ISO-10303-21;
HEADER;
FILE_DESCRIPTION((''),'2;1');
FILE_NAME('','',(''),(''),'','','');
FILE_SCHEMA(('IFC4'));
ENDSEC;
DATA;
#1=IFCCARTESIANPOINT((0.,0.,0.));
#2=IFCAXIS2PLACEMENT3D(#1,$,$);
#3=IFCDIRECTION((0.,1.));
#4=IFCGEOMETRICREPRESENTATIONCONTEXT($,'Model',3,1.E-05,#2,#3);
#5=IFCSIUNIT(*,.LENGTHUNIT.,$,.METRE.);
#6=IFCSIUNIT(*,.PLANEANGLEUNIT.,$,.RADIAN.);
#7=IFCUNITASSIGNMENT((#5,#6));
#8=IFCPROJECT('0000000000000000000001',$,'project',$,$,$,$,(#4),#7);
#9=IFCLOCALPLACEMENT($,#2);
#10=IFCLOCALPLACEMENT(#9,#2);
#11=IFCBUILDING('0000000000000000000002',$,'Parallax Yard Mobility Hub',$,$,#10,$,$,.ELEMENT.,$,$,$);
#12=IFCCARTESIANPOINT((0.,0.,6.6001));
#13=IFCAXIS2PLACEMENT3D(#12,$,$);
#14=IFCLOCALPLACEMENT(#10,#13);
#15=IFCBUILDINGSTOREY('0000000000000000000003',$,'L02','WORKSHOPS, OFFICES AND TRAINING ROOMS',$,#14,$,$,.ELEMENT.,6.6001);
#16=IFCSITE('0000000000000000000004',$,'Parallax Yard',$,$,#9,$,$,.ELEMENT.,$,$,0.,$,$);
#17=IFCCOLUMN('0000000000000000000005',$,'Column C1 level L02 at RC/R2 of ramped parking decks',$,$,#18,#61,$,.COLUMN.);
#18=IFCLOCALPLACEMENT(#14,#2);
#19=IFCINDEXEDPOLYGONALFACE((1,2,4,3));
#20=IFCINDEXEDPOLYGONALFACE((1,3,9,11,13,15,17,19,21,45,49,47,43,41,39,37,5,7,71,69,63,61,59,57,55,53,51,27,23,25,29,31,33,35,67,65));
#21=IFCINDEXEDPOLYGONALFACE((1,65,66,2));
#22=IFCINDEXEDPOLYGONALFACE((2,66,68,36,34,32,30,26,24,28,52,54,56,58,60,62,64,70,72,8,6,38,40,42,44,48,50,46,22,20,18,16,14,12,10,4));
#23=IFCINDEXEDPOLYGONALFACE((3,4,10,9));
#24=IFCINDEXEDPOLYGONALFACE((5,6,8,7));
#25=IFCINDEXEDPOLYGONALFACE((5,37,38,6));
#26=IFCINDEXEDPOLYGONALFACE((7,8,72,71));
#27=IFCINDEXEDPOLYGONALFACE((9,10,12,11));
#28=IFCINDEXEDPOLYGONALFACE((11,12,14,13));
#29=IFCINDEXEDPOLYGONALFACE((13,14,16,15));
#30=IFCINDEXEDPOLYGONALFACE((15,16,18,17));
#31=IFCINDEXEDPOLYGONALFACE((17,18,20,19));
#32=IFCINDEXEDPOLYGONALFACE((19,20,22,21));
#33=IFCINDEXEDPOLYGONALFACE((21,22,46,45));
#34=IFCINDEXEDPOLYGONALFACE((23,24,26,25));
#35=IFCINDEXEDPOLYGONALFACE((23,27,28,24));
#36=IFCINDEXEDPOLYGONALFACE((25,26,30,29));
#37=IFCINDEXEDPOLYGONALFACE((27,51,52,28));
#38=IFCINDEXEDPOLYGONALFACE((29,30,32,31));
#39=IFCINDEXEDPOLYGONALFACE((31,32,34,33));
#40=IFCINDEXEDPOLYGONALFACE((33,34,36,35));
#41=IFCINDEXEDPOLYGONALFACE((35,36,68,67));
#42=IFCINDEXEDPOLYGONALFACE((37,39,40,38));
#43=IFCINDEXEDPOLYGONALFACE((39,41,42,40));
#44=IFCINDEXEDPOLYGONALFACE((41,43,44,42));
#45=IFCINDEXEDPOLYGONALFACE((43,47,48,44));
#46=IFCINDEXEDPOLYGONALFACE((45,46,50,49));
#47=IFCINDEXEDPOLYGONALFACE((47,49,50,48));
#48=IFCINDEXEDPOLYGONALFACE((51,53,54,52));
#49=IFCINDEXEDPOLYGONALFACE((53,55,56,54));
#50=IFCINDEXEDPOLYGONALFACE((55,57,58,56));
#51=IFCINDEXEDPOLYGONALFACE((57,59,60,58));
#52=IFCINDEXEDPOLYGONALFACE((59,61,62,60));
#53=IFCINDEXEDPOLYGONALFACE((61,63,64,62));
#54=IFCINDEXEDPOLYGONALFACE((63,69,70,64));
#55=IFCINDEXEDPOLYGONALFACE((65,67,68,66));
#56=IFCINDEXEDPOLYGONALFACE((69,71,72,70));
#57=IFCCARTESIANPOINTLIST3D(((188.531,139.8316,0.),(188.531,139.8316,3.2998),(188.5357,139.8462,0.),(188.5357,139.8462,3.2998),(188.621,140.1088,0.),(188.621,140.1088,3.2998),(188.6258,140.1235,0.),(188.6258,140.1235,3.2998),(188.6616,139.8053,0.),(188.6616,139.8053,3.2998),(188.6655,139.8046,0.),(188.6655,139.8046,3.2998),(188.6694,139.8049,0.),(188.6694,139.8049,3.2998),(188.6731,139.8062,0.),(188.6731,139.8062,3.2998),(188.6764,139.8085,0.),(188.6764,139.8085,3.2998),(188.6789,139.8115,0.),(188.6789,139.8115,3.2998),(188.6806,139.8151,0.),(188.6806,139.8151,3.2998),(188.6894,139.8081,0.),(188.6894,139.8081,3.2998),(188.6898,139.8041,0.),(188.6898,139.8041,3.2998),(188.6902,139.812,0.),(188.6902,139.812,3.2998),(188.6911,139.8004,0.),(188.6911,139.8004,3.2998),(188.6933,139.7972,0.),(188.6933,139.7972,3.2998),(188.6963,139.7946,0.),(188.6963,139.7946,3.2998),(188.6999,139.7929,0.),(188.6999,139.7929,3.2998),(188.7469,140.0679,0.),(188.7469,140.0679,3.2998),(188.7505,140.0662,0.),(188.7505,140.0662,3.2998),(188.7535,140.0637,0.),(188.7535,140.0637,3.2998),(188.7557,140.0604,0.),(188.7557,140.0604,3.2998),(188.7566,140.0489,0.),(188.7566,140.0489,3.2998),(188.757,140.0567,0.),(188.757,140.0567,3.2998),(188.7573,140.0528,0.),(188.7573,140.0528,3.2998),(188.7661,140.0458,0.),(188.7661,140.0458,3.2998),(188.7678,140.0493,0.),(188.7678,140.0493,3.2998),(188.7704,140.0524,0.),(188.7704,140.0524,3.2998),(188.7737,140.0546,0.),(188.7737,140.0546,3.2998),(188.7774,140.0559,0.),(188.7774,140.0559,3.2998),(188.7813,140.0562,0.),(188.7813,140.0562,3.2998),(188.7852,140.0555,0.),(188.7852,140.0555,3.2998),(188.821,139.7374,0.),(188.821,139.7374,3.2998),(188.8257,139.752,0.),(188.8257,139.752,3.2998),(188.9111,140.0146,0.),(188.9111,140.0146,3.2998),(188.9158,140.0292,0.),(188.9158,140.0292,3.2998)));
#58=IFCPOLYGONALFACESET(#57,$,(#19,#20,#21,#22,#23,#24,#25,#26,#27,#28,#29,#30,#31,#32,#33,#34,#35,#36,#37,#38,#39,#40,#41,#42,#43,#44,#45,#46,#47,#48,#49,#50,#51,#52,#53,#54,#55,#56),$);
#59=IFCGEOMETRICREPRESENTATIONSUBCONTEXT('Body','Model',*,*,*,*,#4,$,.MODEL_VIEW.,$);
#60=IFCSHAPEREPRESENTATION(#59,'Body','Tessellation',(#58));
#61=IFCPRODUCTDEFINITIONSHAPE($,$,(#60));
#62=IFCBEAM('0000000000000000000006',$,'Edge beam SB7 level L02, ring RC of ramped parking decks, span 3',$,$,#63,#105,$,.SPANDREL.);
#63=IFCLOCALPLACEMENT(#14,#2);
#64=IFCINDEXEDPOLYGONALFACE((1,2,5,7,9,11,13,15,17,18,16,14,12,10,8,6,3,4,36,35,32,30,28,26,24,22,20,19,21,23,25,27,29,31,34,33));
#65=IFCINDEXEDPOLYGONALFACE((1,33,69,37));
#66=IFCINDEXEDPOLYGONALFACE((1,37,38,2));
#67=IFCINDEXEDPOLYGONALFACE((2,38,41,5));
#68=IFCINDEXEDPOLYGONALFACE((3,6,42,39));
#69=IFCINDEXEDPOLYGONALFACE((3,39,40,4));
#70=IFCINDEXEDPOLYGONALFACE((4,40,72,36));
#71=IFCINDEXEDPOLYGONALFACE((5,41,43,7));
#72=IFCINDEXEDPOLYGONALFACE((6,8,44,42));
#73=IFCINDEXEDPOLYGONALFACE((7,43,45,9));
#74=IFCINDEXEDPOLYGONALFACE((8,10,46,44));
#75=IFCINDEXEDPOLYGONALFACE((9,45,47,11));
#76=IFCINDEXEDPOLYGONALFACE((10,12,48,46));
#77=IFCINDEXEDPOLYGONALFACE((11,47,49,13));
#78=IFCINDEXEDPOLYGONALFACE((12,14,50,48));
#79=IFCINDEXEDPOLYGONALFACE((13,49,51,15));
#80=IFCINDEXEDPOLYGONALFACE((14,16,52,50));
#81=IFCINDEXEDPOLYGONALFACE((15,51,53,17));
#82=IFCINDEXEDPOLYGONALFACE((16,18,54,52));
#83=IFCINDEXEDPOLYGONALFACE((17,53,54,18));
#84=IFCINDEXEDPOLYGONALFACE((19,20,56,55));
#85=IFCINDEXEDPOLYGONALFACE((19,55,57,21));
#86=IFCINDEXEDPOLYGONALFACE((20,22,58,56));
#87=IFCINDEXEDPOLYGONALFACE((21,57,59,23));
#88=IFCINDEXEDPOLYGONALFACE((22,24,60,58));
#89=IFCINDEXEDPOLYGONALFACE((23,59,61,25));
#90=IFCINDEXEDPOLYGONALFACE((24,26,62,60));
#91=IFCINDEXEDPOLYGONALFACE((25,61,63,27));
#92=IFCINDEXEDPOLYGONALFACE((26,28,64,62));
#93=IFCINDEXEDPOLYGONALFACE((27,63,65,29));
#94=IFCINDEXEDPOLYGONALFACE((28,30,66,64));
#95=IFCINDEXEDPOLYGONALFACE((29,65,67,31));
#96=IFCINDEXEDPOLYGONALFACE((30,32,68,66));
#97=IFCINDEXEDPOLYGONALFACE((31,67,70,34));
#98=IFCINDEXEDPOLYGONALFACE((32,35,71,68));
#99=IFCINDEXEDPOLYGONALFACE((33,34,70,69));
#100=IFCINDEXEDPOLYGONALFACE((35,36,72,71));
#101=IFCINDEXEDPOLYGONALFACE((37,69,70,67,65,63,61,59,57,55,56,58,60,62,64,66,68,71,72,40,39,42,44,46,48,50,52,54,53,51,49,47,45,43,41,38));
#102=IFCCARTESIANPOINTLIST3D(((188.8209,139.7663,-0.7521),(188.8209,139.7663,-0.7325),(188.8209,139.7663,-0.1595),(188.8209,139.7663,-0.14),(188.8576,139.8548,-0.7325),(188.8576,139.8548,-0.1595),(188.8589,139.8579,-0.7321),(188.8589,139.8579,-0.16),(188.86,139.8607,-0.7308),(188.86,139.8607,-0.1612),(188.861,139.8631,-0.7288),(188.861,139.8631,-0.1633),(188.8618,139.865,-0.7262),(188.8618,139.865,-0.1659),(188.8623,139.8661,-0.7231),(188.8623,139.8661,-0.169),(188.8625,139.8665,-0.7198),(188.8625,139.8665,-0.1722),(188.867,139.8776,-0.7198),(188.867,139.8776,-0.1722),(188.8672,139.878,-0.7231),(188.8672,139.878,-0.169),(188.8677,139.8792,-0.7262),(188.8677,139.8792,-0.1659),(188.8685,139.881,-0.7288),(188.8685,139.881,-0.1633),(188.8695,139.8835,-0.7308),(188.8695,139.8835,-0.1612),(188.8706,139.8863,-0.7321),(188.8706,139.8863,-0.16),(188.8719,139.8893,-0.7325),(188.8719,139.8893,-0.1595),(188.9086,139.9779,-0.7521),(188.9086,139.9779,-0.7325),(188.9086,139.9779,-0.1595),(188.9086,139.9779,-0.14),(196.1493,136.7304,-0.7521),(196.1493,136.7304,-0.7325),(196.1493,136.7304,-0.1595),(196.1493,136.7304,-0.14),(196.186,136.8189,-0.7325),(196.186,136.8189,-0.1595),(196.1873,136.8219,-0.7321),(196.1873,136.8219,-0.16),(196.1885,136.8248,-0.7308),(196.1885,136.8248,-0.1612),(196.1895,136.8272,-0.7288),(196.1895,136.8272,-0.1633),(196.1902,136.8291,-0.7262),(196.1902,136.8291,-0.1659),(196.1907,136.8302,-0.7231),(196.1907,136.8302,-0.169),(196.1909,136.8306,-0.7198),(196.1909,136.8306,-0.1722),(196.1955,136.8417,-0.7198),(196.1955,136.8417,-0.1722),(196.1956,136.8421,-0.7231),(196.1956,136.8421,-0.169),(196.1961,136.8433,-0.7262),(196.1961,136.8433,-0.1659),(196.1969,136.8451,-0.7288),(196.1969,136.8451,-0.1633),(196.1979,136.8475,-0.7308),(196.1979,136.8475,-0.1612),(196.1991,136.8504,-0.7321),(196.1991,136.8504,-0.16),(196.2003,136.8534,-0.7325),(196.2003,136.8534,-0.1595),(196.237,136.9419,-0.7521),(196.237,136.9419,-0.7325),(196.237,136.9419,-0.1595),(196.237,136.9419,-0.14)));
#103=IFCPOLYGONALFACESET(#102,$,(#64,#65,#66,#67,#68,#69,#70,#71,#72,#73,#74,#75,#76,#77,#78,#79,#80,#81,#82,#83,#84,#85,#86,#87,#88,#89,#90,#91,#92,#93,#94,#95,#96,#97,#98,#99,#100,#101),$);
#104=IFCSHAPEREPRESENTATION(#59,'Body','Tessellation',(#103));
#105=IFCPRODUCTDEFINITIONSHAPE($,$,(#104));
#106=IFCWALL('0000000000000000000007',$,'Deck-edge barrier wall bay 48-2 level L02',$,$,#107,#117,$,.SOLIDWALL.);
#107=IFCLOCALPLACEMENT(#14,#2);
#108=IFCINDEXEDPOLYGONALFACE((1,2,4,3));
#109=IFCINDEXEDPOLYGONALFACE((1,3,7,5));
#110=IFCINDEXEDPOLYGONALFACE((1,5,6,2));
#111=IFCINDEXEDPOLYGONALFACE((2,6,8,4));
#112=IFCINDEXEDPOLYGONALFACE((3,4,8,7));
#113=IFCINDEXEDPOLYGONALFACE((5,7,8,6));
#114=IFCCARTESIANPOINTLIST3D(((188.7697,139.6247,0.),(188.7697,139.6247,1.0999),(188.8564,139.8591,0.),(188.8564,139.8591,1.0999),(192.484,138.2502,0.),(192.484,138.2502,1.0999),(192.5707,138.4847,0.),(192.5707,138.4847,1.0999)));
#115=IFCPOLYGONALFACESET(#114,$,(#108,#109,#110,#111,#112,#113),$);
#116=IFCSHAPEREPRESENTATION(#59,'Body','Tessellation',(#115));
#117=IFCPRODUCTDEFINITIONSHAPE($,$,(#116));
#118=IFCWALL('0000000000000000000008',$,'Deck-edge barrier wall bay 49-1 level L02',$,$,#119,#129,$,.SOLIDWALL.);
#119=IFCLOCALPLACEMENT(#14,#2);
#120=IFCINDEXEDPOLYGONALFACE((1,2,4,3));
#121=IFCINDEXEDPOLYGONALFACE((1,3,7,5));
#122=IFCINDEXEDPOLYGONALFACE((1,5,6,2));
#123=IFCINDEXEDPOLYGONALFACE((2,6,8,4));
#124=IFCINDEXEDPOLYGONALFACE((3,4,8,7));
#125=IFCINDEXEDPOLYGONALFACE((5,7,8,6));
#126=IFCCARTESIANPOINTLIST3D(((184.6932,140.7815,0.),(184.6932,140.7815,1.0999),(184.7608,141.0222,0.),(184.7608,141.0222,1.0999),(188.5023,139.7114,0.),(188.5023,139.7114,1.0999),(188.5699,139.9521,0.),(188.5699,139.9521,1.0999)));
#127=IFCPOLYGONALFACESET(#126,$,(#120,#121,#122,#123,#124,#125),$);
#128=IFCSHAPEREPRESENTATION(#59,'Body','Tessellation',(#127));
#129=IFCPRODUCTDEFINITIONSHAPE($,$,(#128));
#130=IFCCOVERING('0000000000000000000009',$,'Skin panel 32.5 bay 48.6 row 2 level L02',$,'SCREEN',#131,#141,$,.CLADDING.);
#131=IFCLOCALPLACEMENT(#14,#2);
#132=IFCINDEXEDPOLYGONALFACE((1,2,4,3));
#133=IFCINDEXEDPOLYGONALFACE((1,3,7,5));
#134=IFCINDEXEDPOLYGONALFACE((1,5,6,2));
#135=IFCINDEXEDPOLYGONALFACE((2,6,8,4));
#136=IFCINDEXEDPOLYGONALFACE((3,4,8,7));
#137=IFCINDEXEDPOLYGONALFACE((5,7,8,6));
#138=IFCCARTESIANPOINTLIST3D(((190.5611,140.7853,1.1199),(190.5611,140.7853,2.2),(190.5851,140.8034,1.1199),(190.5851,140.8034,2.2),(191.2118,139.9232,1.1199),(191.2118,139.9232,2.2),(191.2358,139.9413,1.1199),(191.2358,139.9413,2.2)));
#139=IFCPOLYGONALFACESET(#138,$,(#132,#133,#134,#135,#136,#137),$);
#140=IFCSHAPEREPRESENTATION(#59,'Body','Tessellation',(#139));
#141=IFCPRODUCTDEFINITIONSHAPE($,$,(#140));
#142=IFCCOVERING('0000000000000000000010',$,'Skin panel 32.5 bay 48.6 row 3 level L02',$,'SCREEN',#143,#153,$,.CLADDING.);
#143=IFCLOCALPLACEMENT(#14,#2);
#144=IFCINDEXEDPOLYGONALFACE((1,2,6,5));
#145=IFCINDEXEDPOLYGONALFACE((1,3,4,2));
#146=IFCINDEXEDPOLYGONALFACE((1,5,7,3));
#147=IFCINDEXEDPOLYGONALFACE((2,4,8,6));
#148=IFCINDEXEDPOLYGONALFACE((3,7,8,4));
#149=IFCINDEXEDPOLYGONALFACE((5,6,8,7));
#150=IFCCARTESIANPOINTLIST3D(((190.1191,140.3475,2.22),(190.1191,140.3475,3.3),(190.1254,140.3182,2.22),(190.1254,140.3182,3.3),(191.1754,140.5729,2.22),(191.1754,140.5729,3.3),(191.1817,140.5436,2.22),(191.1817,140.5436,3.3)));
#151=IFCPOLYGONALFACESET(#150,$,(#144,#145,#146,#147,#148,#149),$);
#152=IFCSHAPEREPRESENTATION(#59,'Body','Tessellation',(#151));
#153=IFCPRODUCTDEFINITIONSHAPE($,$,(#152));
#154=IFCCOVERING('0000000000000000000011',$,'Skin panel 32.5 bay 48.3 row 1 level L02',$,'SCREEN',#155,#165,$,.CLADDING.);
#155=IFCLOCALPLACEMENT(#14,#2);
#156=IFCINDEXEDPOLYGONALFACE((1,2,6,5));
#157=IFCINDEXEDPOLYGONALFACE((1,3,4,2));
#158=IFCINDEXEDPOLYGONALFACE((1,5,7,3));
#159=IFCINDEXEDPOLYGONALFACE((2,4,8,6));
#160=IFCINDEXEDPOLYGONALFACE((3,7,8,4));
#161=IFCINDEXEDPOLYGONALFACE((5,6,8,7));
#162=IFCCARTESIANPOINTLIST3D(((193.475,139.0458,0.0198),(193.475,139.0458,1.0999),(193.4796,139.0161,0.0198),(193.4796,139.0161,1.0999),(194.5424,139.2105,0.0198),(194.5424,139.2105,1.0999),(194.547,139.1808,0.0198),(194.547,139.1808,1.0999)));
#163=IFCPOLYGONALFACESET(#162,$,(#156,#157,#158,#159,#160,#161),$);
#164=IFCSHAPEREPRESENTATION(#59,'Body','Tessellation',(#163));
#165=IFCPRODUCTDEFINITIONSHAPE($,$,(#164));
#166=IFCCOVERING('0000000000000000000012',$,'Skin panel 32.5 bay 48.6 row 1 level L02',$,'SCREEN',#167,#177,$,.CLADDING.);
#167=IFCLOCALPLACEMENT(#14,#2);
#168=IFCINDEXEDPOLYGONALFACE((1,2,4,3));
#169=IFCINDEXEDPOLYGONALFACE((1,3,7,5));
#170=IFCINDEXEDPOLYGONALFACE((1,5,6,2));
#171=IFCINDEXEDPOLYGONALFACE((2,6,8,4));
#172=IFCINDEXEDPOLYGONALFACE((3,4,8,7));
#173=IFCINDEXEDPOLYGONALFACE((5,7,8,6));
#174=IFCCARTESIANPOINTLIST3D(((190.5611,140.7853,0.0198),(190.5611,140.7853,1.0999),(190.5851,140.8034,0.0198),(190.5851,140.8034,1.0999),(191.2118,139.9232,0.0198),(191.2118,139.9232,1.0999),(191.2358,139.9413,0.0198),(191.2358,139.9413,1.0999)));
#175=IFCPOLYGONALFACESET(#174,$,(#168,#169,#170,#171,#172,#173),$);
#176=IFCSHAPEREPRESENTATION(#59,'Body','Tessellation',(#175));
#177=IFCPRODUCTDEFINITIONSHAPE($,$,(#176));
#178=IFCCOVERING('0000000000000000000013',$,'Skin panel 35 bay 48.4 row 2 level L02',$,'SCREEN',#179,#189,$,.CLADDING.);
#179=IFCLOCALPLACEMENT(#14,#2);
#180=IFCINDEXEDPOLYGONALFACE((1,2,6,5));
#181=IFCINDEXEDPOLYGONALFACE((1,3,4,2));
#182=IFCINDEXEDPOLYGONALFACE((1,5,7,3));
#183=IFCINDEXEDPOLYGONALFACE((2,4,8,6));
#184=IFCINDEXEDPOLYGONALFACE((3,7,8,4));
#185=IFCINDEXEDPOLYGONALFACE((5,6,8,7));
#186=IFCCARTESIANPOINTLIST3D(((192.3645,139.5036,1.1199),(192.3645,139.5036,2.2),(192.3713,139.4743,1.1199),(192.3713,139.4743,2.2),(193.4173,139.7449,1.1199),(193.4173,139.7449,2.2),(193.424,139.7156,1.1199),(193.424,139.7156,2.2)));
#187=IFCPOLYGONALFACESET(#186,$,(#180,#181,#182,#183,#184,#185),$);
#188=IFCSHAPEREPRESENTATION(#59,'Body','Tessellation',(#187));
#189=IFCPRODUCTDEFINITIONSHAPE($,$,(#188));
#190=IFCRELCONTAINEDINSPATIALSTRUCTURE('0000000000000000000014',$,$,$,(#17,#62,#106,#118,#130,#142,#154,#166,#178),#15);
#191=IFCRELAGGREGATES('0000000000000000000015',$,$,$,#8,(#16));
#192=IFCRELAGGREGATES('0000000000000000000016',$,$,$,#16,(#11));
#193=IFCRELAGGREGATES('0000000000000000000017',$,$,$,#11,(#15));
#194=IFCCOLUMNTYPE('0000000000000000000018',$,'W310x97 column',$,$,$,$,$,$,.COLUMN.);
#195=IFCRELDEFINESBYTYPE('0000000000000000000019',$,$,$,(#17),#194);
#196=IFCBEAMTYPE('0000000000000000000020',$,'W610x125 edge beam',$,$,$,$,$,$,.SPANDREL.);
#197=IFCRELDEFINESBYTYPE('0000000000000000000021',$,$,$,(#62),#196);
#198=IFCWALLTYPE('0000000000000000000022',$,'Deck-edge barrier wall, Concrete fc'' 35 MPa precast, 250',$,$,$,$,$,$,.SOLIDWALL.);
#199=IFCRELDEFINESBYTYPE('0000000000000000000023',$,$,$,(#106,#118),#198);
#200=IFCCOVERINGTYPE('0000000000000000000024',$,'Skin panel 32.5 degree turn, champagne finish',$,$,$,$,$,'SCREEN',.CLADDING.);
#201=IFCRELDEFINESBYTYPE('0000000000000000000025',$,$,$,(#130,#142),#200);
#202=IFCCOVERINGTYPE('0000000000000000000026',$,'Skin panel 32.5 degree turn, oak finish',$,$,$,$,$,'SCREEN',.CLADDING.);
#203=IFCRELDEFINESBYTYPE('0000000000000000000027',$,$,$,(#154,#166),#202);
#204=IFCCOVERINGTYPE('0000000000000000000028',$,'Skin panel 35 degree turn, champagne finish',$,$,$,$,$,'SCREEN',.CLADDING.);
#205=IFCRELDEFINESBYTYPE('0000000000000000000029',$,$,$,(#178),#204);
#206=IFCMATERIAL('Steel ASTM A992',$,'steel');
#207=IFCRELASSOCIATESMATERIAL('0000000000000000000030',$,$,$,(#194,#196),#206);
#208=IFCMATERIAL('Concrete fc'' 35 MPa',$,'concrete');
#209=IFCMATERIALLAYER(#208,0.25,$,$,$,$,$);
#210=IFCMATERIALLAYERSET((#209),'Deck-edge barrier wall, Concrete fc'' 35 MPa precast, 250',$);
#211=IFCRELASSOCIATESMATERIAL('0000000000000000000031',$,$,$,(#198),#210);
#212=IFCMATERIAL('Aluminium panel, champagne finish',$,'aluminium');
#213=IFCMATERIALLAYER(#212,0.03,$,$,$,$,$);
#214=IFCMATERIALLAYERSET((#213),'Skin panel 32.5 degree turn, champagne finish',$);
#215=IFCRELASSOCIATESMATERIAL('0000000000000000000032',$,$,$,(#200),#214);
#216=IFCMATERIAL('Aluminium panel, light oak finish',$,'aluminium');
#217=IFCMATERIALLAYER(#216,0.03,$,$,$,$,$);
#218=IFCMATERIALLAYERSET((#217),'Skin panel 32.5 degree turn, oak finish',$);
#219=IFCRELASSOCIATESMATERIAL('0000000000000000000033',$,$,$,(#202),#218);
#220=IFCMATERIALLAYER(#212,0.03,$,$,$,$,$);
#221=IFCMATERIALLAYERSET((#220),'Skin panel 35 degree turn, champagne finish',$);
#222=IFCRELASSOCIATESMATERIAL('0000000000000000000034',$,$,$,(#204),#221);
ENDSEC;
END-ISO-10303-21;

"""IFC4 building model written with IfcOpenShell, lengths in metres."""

from ifc_helpers import new_model, si_unit, direction, frame, frame_2d, origin, origin_2d, place, context, subcontext, project, spatial, rectangle, i_section, extrude, material, layer, layer_set, material_profile, profile_set, type_object, element, save


model = new_model("IFC4")

# Units and contexts
model_context = context("Model", 3, precision=1e-05, world=origin(), true_north=direction((0.0, 1.0)))
body_context = subcontext(model_context, "Body", "Model", "MODEL_VIEW")
ifc_project = project(units=[si_unit("LENGTHUNIT", "METRE"), si_unit("PLANEANGLEUNIT", "RADIAN")], contexts=[model_context])

# Site, building, storey
site_placement = place(None, origin())
site = spatial("IfcSite", under=ifc_project, at=site_placement, Name="Parallax Yard", CompositionType="ELEMENT", RefElevation=0.0)
building_placement = place(site_placement, origin())
building = spatial("IfcBuilding", under=site, at=building_placement, Name="Parallax Yard Mobility Hub", CompositionType="ELEMENT")
storey_placement = place(building_placement, frame((0.0, 0.0, 6.6001)))
storey = spatial("IfcBuildingStorey", under=building, at=storey_placement, Name="L02", Description="WORKSHOPS, OFFICES AND TRAINING ROOMS", CompositionType="ELEMENT", Elevation=6.6001)

# Column
ifc_material_1 = material(Name="Steel ASTM A992", Category="steel")
ifc_material_profile_1 = material_profile(ifc_material_1, i_section(OverallWidth=0.3049, OverallDepth=0.3069, WebThickness=0.01, FlangeThickness=0.0154, FilletRadius=0.0151, at=origin_2d()), Name="W310x97")
ifc_profile_set_1 = profile_set([ifc_material_profile_1], Name="Steel ASTM A992")
column_type = type_object("IfcColumnType", Name="W310x97 column", PredefinedType="COLUMN", material=ifc_profile_set_1)
column_placement = place(storey_placement, frame((188.7234, 139.9304, 0.0), z_axis=(0.0, 0.0, 1.0), x_axis=(-0.951057, 0.309017, 0.0)))
element("IfcColumn", 1, at=column_placement, inside=storey, type_object=column_type, Name="Column C1 level L02 at RC/R2 of ramped parking decks", PredefinedType="COLUMN", context=body_context, shape_type="SweptSolid", body=[
    extrude(i_section(OverallWidth=0.3049, OverallDepth=0.3069, WebThickness=0.01, FlangeThickness=0.0154, FilletRadius=0.0151, at=origin_2d()), origin(), (0.0, 0.0, 1.0), 3.2998),
])

# Beam
ifc_material_profile_2 = material_profile(ifc_material_1, i_section(OverallWidth=0.229, OverallDepth=0.6121, WebThickness=0.012, FlangeThickness=0.0195, FilletRadius=0.0127, at=origin_2d()), Name="W610x125")
ifc_profile_set_2 = profile_set([ifc_material_profile_2], Name="Steel ASTM A992")
beam_type = type_object("IfcBeamType", Name="W610x125 edge beam", PredefinedType="SPANDREL", material=ifc_profile_set_2)
beam_placement = place(storey_placement, frame((188.8647, 139.8721, -0.446), z_axis=(0.923863, -0.382724, 0.0), x_axis=(0.382724, 0.923863, 0.0)))
element("IfcBeam", 2, at=beam_placement, inside=storey, type_object=beam_type, Name="Edge beam SB7 level L02, ring RC of ramped parking decks, span 3", PredefinedType="SPANDREL", context=body_context, shape_type="SweptSolid", body=[
    extrude(i_section(OverallWidth=0.229, OverallDepth=0.6121, WebThickness=0.012, FlangeThickness=0.0195, FilletRadius=0.0127, at=origin_2d()), origin(), (0.0, 0.0, 1.0), 7.9324),
])

# Walls
ifc_material_2 = material(Name="Concrete fc' 35 MPa", Category="concrete")
ifc_layer_1 = layer(ifc_material_2, 0.25)
ifc_layer_set_1 = layer_set([ifc_layer_1], Name="Deck-edge barrier wall, Concrete fc' 35 MPa precast, 250")
wall_type = type_object("IfcWallType", Name="Deck-edge barrier wall, Concrete fc' 35 MPa precast, 250", PredefinedType="SOLIDWALL", material=ifc_layer_set_1)
wall_1_placement = place(storey_placement, frame((192.5273, 138.3674, 0.0), z_axis=(0.0, 0.0, 1.0), x_axis=(-0.937845, 0.347053, 0.0)))
element("IfcWall", 3, at=wall_1_placement, inside=storey, type_object=wall_type, Name="Deck-edge barrier wall bay 48-2 level L02", PredefinedType="SOLIDWALL", context=body_context, shape_type="SweptSolid", body=[
    extrude(rectangle(XDim=3.9604, YDim=0.25, at=frame_2d((1.9802, 0.0))), origin(), (0.0, 0.0, 1.0), 1.0999),
])
wall_2_placement = place(storey_placement, frame((188.5361, 139.8318, 0.0), z_axis=(0.0, 0.0, 1.0), x_axis=(-0.962732, 0.270456, 0.0)))
element("IfcWall", 4, at=wall_2_placement, inside=storey, type_object=wall_type, Name="Deck-edge barrier wall bay 49-1 level L02", PredefinedType="SOLIDWALL", context=body_context, shape_type="SweptSolid", body=[
    extrude(rectangle(XDim=3.9565, YDim=0.25, at=frame_2d((1.9783, 0.0))), origin(), (0.0, 0.0, 1.0), 1.0999),
])

# Coverings
ifc_material_3 = material(Name="Aluminium panel, champagne finish", Category="aluminium")
ifc_layer_2 = layer(ifc_material_3, 0.03)
ifc_layer_set_2 = layer_set([ifc_layer_2], Name="Skin panel 32.5 degree turn, champagne finish")
covering_type_1 = type_object("IfcCoveringType", Name="Skin panel 32.5 degree turn, champagne finish", ElementType="SCREEN", PredefinedType="CLADDING", material=ifc_layer_set_2)
for number, where, z_axis, x_axis, name in (
    (5, (190.8984, 140.3633, 1.1199), (0.0, 0.0, 1.0), (-0.602449, 0.798157, 0.0), "Skin panel 32.5 bay 48.6 row 2 level L02"),
    (6, (190.6504, 140.4456, 2.22), (0.0, 0.0, 1.0), (0.977982, 0.208688, 0.0), "Skin panel 32.5 bay 48.6 row 3 level L02"),
):
    element("IfcCovering", number, at=place(storey_placement, frame(where, z_axis=z_axis, x_axis=x_axis)), inside=storey, type_object=covering_type_1, Name=name, ObjectType="SCREEN", PredefinedType="CLADDING", context=body_context, shape_type="SweptSolid", body=[
        extrude(rectangle(XDim=1.0801, YDim=0.03, at=origin_2d()), origin(), (0.0, 0.0, 1.0), 1.0801),
    ])
ifc_material_4 = material(Name="Aluminium panel, light oak finish", Category="aluminium")
ifc_layer_3 = layer(ifc_material_4, 0.03)
ifc_layer_set_3 = layer_set([ifc_layer_3], Name="Skin panel 32.5 degree turn, oak finish")
covering_type_2 = type_object("IfcCoveringType", Name="Skin panel 32.5 degree turn, oak finish", ElementType="SCREEN", PredefinedType="CLADDING", material=ifc_layer_set_3)
for number, where, z_axis, x_axis, name in (
    (7, (194.011, 139.1133, 0.0198), (0.0, 0.0, 1.0), (0.988301, 0.152515, 0.0), "Skin panel 32.5 bay 48.3 row 1 level L02"),
    (8, (190.8984, 140.3633, 0.0198), (0.0, 0.0, 1.0), (-0.602449, 0.798157, 0.0), "Skin panel 32.5 bay 48.6 row 1 level L02"),
):
    element("IfcCovering", number, at=place(storey_placement, frame(where, z_axis=z_axis, x_axis=x_axis)), inside=storey, type_object=covering_type_2, Name=name, ObjectType="SCREEN", PredefinedType="CLADDING", context=body_context, shape_type="SweptSolid", body=[
        extrude(rectangle(XDim=1.0801, YDim=0.03, at=origin_2d()), origin(), (0.0, 0.0, 1.0), 1.0801),
    ])
ifc_layer_4 = layer(ifc_material_3, 0.03)
ifc_layer_set_4 = layer_set([ifc_layer_4], Name="Skin panel 35 degree turn, champagne finish")
covering_type_3 = type_object("IfcCoveringType", Name="Skin panel 35 degree turn, champagne finish", ElementType="SCREEN", PredefinedType="CLADDING", material=ifc_layer_set_4)
for number, where, z_axis, x_axis, name in (
    (9, (192.8943, 139.6096, 1.1199), (0.0, 0.0, 1.0), (0.974726, 0.223405, 0.0), "Skin panel 35 bay 48.4 row 2 level L02"),
):
    element("IfcCovering", number, at=place(storey_placement, frame(where, z_axis=z_axis, x_axis=x_axis)), inside=storey, type_object=covering_type_3, Name=name, ObjectType="SCREEN", PredefinedType="CLADDING", context=body_context, shape_type="SweptSolid", body=[
        extrude(rectangle(XDim=1.0801, YDim=0.03, at=origin_2d()), origin(), (0.0, 0.0, 1.0), 1.0801),
    ])

save(model, "model.ifc")
